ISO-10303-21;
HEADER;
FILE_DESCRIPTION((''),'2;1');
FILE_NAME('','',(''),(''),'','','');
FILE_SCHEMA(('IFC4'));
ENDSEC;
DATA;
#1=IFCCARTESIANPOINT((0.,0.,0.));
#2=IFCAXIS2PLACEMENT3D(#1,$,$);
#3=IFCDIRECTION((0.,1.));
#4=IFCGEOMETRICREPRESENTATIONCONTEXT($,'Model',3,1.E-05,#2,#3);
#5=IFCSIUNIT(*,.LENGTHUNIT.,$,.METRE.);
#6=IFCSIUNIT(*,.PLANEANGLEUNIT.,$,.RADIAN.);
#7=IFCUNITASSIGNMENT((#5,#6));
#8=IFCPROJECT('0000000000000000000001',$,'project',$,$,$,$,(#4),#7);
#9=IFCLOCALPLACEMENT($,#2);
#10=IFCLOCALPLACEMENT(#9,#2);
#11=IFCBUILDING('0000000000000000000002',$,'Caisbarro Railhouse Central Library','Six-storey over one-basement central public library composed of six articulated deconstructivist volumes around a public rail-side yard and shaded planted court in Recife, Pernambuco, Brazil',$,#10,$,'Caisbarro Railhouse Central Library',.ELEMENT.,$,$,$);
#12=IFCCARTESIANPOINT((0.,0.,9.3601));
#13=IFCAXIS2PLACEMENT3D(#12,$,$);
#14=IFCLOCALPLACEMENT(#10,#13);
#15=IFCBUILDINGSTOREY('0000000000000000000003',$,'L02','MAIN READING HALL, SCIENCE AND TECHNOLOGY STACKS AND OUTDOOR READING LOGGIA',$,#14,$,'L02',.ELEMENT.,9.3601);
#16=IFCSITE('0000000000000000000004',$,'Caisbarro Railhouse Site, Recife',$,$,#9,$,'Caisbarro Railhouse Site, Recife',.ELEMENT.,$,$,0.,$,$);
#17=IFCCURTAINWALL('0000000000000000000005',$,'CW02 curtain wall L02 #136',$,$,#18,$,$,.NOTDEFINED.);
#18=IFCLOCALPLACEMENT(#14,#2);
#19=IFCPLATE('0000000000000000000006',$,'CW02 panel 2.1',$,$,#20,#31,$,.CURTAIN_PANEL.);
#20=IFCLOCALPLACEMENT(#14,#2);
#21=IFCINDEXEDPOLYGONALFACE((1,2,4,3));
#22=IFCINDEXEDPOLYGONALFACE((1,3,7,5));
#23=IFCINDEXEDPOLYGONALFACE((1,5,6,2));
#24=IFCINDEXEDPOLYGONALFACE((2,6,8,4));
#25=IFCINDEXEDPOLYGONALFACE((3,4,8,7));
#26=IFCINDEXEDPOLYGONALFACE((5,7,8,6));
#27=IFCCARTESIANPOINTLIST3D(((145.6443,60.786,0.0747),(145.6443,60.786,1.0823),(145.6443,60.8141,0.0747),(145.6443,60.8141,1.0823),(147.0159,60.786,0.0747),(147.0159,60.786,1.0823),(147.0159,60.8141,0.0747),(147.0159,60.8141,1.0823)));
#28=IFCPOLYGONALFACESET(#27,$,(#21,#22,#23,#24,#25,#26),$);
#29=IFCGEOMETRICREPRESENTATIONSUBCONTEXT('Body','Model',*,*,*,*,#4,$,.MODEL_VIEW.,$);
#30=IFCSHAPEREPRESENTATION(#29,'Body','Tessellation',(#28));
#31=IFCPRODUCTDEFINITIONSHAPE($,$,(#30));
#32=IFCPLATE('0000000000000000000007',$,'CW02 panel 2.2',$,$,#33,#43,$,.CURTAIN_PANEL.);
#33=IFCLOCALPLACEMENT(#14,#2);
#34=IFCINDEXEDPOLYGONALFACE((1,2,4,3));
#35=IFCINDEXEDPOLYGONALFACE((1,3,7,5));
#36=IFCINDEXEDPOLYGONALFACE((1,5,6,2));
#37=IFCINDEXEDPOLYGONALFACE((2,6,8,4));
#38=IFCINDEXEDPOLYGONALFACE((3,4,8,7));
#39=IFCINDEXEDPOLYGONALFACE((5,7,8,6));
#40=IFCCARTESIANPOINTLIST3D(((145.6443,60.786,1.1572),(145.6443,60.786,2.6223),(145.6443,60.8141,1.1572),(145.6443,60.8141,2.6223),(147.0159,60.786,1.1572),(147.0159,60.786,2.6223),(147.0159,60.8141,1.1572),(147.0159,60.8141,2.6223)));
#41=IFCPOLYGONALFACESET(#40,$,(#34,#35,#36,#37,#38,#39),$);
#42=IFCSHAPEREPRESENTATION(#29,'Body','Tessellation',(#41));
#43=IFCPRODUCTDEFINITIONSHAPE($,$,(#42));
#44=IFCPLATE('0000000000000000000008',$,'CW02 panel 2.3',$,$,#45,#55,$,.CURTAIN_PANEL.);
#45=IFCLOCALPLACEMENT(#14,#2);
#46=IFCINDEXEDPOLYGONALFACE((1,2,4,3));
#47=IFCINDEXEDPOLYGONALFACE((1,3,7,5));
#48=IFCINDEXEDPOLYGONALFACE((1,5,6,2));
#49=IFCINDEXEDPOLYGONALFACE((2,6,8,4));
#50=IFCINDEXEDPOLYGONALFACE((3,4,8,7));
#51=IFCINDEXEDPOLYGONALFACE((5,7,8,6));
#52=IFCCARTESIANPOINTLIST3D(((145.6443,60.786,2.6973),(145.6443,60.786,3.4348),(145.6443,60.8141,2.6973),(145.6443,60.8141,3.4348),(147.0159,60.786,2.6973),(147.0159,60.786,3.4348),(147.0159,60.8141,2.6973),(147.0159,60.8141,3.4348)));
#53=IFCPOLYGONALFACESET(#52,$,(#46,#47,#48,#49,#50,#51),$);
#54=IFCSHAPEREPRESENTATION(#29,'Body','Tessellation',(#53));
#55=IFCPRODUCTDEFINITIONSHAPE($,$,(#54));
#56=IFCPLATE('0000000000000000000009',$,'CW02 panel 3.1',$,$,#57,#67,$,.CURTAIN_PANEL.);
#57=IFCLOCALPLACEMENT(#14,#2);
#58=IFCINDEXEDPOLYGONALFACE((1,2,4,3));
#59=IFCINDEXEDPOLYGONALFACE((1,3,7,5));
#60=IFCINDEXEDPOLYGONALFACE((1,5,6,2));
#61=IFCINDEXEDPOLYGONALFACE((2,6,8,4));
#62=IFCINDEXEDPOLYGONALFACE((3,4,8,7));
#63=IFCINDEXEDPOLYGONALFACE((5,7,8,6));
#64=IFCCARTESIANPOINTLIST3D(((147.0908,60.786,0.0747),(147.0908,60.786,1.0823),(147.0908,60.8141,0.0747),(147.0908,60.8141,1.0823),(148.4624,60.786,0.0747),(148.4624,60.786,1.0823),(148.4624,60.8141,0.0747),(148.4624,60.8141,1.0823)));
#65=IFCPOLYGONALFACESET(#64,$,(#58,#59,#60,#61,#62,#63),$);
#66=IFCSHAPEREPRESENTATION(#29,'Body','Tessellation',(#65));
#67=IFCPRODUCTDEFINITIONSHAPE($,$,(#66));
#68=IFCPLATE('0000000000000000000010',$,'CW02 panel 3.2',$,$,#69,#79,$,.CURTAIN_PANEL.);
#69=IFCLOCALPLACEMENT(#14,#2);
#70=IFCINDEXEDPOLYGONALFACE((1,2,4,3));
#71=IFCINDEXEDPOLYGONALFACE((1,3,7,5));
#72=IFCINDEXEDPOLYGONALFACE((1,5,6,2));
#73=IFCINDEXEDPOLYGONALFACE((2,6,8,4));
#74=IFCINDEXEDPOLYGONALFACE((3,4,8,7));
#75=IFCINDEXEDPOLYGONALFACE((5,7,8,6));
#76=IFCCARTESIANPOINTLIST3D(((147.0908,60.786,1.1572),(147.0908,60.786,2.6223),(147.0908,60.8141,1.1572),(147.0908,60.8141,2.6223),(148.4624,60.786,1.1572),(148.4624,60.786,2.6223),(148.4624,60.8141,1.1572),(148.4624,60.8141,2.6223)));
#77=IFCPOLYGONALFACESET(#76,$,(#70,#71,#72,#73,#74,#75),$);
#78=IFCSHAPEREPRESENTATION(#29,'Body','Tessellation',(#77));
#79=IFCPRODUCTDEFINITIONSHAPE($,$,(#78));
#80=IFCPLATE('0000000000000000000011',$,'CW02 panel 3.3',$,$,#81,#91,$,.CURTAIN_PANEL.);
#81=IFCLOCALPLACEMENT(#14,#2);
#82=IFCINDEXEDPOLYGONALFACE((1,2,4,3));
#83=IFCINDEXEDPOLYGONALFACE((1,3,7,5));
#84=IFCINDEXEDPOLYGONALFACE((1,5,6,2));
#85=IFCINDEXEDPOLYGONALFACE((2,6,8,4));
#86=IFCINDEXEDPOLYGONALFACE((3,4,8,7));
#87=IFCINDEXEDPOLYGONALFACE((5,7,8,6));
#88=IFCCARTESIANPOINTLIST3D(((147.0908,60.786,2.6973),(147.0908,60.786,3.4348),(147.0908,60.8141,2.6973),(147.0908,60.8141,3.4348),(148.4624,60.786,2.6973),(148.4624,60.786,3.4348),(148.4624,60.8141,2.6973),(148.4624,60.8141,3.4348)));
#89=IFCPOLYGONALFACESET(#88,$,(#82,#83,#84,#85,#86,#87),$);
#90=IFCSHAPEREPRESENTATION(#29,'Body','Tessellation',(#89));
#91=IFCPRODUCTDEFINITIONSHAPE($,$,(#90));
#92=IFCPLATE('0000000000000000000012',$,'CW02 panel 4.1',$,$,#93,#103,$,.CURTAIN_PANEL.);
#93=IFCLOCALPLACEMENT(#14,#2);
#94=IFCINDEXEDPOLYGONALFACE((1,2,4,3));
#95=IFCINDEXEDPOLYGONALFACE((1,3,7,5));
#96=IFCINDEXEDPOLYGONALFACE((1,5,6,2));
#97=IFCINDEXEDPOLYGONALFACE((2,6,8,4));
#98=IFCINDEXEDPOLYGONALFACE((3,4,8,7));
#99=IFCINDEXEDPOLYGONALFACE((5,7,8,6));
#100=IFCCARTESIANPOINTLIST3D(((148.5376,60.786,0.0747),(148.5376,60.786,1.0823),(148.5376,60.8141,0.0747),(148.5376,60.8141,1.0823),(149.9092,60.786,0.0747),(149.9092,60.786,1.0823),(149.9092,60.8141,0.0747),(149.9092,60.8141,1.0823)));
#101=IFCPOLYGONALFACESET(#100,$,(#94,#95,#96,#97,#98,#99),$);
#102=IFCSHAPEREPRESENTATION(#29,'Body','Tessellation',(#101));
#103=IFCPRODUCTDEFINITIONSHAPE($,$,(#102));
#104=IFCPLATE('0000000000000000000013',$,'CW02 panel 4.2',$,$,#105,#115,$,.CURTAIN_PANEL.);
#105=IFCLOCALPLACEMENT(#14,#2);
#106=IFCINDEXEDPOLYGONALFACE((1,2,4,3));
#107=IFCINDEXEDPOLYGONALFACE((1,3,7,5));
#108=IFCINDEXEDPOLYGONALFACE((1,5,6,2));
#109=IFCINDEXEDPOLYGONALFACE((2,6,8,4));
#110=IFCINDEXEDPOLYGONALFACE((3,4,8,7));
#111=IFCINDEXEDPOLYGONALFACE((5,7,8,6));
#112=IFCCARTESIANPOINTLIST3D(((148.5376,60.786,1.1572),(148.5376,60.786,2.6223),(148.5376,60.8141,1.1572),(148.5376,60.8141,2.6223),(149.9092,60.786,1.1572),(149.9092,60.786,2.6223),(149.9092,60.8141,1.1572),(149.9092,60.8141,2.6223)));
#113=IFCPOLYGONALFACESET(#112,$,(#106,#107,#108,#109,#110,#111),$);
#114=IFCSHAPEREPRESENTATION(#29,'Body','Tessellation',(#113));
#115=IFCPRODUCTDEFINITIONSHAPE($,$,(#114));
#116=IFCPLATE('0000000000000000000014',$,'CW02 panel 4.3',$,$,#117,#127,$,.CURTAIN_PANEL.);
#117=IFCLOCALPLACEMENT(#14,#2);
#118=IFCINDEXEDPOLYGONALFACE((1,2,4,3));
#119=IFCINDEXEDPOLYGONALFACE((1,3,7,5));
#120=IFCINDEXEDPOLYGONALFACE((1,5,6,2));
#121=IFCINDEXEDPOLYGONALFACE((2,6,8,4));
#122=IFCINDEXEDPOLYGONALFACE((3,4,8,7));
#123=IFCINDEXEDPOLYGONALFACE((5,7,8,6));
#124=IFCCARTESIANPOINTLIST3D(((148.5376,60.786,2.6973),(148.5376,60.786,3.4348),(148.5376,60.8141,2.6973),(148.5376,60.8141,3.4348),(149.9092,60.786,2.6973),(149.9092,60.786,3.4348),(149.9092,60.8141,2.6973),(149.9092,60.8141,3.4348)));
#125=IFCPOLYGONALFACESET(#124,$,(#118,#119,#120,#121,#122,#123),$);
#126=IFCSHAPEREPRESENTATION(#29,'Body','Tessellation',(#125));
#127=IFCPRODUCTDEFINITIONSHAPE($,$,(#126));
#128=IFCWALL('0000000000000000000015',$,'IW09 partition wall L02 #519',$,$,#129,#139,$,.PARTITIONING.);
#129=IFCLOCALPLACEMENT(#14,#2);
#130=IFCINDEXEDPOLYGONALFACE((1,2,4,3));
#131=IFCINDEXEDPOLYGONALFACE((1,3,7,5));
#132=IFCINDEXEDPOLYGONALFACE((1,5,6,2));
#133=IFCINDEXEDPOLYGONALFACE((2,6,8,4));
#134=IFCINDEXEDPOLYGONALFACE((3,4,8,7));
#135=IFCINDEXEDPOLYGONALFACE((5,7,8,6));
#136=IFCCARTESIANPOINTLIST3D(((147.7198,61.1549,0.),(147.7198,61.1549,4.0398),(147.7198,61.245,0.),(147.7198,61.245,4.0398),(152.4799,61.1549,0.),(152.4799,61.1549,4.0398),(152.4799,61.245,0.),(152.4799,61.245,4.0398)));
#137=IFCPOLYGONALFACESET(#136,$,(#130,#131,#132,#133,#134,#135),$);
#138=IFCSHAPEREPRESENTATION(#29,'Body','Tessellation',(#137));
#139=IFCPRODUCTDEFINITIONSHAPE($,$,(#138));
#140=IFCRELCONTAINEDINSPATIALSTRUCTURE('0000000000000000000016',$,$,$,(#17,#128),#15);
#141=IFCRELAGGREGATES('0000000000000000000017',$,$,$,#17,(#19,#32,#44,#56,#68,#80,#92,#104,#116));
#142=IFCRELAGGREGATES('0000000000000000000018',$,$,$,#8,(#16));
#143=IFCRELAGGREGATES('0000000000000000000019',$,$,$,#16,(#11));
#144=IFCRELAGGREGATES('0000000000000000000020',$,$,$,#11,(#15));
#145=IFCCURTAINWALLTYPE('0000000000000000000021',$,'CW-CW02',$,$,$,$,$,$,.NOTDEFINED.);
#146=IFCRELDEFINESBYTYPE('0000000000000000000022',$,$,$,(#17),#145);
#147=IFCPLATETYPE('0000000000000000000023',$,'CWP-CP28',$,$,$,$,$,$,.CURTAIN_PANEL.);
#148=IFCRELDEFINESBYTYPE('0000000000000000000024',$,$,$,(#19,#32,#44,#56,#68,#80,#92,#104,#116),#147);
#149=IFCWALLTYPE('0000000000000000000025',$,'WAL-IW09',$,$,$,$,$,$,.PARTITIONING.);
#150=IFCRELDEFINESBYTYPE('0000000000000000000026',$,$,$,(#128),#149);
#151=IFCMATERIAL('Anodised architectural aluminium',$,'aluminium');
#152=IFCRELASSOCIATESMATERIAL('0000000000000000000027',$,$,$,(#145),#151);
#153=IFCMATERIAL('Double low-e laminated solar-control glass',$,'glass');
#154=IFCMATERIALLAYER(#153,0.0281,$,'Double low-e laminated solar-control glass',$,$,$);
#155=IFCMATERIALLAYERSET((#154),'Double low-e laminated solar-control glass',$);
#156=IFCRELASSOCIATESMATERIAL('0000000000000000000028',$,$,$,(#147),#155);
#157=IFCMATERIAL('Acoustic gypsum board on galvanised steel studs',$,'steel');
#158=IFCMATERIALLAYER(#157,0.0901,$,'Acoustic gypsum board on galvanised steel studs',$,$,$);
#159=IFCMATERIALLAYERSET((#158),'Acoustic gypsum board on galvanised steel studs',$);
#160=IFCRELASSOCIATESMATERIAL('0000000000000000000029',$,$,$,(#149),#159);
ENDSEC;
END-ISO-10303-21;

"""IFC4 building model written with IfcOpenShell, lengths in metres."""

from ifc_helpers import new_model, si_unit, direction, frame, frame_2d, origin, origin_2d, place, context, subcontext, project, spatial, rectangle, extrude, material, layer, layer_set, type_object, element, aggregate, save


model = new_model("IFC4")

# Units and contexts
model_context = context("Model", 3, precision=1e-05, world=origin(), true_north=direction((0.0, 1.0)))
body_context = subcontext(model_context, "Body", "Model", "MODEL_VIEW")
ifc_project = project(units=[si_unit("LENGTHUNIT", "METRE"), si_unit("PLANEANGLEUNIT", "RADIAN")], contexts=[model_context])

# Site, building, storey
site_placement = place(None, origin())
site = spatial("IfcSite", under=ifc_project, at=site_placement, Name="Caisbarro Railhouse Site, Recife", LongName="Caisbarro Railhouse Site, Recife", CompositionType="ELEMENT", RefElevation=0.0)
building_placement = place(site_placement, origin())
building = spatial("IfcBuilding", under=site, at=building_placement, Name="Caisbarro Railhouse Central Library", Description="Six-storey over one-basement central public library composed of six articulated deconstructivist volumes around a public rail-side yard and shaded planted court in Recife, Pernambuco, Brazil", LongName="Caisbarro Railhouse Central Library", CompositionType="ELEMENT")
storey_placement = place(building_placement, frame((0.0, 0.0, 9.3601)))
storey = spatial("IfcBuildingStorey", under=building, at=storey_placement, Name="L02", Description="MAIN READING HALL, SCIENCE AND TECHNOLOGY STACKS AND OUTDOOR READING LOGGIA", LongName="L02", CompositionType="ELEMENT", Elevation=9.3601)

# Curtain wall, plates
ifc_material_1 = material(Name="Anodised architectural aluminium", Category="aluminium")
curtain_wall_type = type_object("IfcCurtainWallType", Name="CW-CW02", PredefinedType="NOTDEFINED", material=ifc_material_1)
curtain_wall_placement = place(storey_placement, origin())
curtain_wall = element("IfcCurtainWall", 1, at=curtain_wall_placement, inside=storey, type_object=curtain_wall_type, Name="CW02 curtain wall L02 #136", PredefinedType="NOTDEFINED")
ifc_material_2 = material(Name="Double low-e laminated solar-control glass", Category="glass")
ifc_layer_1 = layer(ifc_material_2, 0.0281, Name="Double low-e laminated solar-control glass")
ifc_layer_set_1 = layer_set([ifc_layer_1], Name="Double low-e laminated solar-control glass")
plate_type = type_object("IfcPlateType", Name="CWP-CP28", PredefinedType="CURTAIN_PANEL", material=ifc_layer_set_1)
plate_1_placement = place(storey_placement, frame((146.3301, 60.8, 0.0747), z_axis=(0.0, 0.0, 1.0), x_axis=(1.0, 0.0, 0.0)))
plate_1 = element("IfcPlate", 2, at=plate_1_placement, type_object=plate_type, Name="CW02 panel 2.1", PredefinedType="CURTAIN_PANEL", context=body_context, shape_type="SweptSolid", body=[
    extrude(rectangle(XDim=1.3716, YDim=0.0281, at=origin_2d()), origin(), (0.0, 0.0, 1.0), 1.0076),
])
plate_2_placement = place(storey_placement, frame((146.3301, 60.8, 1.1572), z_axis=(0.0, 0.0, 1.0), x_axis=(1.0, 0.0, 0.0)))
plate_2 = element("IfcPlate", 3, at=plate_2_placement, type_object=plate_type, Name="CW02 panel 2.2", PredefinedType="CURTAIN_PANEL", context=body_context, shape_type="SweptSolid", body=[
    extrude(rectangle(XDim=1.3716, YDim=0.0281, at=origin_2d()), origin(), (0.0, 0.0, 1.0), 1.4651),
])
plate_3_placement = place(storey_placement, frame((146.3301, 60.8, 2.6973), z_axis=(0.0, 0.0, 1.0), x_axis=(1.0, 0.0, 0.0)))
plate_3 = element("IfcPlate", 4, at=plate_3_placement, type_object=plate_type, Name="CW02 panel 2.3", PredefinedType="CURTAIN_PANEL", context=body_context, shape_type="SweptSolid", body=[
    extrude(rectangle(XDim=1.3716, YDim=0.0281, at=origin_2d()), origin(), (0.0, 0.0, 1.0), 0.7375),
])
plate_4_placement = place(storey_placement, frame((147.7766, 60.8, 0.0747), z_axis=(0.0, 0.0, 1.0), x_axis=(1.0, 0.0, 0.0)))
plate_4 = element("IfcPlate", 5, at=plate_4_placement, type_object=plate_type, Name="CW02 panel 3.1", PredefinedType="CURTAIN_PANEL", context=body_context, shape_type="SweptSolid", body=[
    extrude(rectangle(XDim=1.3716, YDim=0.0281, at=origin_2d()), origin(), (0.0, 0.0, 1.0), 1.0076),
])
plate_5_placement = place(storey_placement, frame((147.7766, 60.8, 1.1572), z_axis=(0.0, 0.0, 1.0), x_axis=(1.0, 0.0, 0.0)))
plate_5 = element("IfcPlate", 6, at=plate_5_placement, type_object=plate_type, Name="CW02 panel 3.2", PredefinedType="CURTAIN_PANEL", context=body_context, shape_type="SweptSolid", body=[
    extrude(rectangle(XDim=1.3716, YDim=0.0281, at=origin_2d()), origin(), (0.0, 0.0, 1.0), 1.4651),
])
plate_6_placement = place(storey_placement, frame((147.7766, 60.8, 2.6973), z_axis=(0.0, 0.0, 1.0), x_axis=(1.0, 0.0, 0.0)))
plate_6 = element("IfcPlate", 7, at=plate_6_placement, type_object=plate_type, Name="CW02 panel 3.3", PredefinedType="CURTAIN_PANEL", context=body_context, shape_type="SweptSolid", body=[
    extrude(rectangle(XDim=1.3716, YDim=0.0281, at=origin_2d()), origin(), (0.0, 0.0, 1.0), 0.7375),
])
plate_7_placement = place(storey_placement, frame((149.2234, 60.8, 0.0747), z_axis=(0.0, 0.0, 1.0), x_axis=(1.0, 0.0, 0.0)))
plate_7 = element("IfcPlate", 8, at=plate_7_placement, type_object=plate_type, Name="CW02 panel 4.1", PredefinedType="CURTAIN_PANEL", context=body_context, shape_type="SweptSolid", body=[
    extrude(rectangle(XDim=1.3716, YDim=0.0281, at=origin_2d()), origin(), (0.0, 0.0, 1.0), 1.0076),
])
plate_8_placement = place(storey_placement, frame((149.2234, 60.8, 1.1572), z_axis=(0.0, 0.0, 1.0), x_axis=(1.0, 0.0, 0.0)))
plate_8 = element("IfcPlate", 9, at=plate_8_placement, type_object=plate_type, Name="CW02 panel 4.2", PredefinedType="CURTAIN_PANEL", context=body_context, shape_type="SweptSolid", body=[
    extrude(rectangle(XDim=1.3716, YDim=0.0281, at=origin_2d()), origin(), (0.0, 0.0, 1.0), 1.4651),
])
plate_9_placement = place(storey_placement, frame((149.2234, 60.8, 2.6973), z_axis=(0.0, 0.0, 1.0), x_axis=(1.0, 0.0, 0.0)))
plate_9 = element("IfcPlate", 10, at=plate_9_placement, type_object=plate_type, Name="CW02 panel 4.3", PredefinedType="CURTAIN_PANEL", context=body_context, shape_type="SweptSolid", body=[
    extrude(rectangle(XDim=1.3716, YDim=0.0281, at=origin_2d()), origin(), (0.0, 0.0, 1.0), 0.7375),
])
aggregate(curtain_wall, [plate_1, plate_2, plate_3, plate_4, plate_5, plate_6, plate_7, plate_8, plate_9])

# Wall
ifc_material_3 = material(Name="Acoustic gypsum board on galvanised steel studs", Category="steel")
ifc_layer_2 = layer(ifc_material_3, 0.0901, Name="Acoustic gypsum board on galvanised steel studs")
ifc_layer_set_2 = layer_set([ifc_layer_2], Name="Acoustic gypsum board on galvanised steel studs")
wall_type = type_object("IfcWallType", Name="WAL-IW09", PredefinedType="PARTITIONING", material=ifc_layer_set_2)
wall_placement = place(storey_placement, frame((147.72, 61.2, 0.0), z_axis=(0.0, 0.0, 1.0), x_axis=(1.0, 0.0, 0.0)))
element("IfcWall", 11, at=wall_placement, inside=storey, type_object=wall_type, Name="IW09 partition wall L02 #519", PredefinedType="PARTITIONING", context=body_context, shape_type="SweptSolid", body=[
    extrude(rectangle(XDim=4.76, YDim=0.0901, at=frame_2d((2.3799, 0.0))), origin(), (0.0, 0.0, 1.0), 4.0398),
])

save(model, "model.ifc")
